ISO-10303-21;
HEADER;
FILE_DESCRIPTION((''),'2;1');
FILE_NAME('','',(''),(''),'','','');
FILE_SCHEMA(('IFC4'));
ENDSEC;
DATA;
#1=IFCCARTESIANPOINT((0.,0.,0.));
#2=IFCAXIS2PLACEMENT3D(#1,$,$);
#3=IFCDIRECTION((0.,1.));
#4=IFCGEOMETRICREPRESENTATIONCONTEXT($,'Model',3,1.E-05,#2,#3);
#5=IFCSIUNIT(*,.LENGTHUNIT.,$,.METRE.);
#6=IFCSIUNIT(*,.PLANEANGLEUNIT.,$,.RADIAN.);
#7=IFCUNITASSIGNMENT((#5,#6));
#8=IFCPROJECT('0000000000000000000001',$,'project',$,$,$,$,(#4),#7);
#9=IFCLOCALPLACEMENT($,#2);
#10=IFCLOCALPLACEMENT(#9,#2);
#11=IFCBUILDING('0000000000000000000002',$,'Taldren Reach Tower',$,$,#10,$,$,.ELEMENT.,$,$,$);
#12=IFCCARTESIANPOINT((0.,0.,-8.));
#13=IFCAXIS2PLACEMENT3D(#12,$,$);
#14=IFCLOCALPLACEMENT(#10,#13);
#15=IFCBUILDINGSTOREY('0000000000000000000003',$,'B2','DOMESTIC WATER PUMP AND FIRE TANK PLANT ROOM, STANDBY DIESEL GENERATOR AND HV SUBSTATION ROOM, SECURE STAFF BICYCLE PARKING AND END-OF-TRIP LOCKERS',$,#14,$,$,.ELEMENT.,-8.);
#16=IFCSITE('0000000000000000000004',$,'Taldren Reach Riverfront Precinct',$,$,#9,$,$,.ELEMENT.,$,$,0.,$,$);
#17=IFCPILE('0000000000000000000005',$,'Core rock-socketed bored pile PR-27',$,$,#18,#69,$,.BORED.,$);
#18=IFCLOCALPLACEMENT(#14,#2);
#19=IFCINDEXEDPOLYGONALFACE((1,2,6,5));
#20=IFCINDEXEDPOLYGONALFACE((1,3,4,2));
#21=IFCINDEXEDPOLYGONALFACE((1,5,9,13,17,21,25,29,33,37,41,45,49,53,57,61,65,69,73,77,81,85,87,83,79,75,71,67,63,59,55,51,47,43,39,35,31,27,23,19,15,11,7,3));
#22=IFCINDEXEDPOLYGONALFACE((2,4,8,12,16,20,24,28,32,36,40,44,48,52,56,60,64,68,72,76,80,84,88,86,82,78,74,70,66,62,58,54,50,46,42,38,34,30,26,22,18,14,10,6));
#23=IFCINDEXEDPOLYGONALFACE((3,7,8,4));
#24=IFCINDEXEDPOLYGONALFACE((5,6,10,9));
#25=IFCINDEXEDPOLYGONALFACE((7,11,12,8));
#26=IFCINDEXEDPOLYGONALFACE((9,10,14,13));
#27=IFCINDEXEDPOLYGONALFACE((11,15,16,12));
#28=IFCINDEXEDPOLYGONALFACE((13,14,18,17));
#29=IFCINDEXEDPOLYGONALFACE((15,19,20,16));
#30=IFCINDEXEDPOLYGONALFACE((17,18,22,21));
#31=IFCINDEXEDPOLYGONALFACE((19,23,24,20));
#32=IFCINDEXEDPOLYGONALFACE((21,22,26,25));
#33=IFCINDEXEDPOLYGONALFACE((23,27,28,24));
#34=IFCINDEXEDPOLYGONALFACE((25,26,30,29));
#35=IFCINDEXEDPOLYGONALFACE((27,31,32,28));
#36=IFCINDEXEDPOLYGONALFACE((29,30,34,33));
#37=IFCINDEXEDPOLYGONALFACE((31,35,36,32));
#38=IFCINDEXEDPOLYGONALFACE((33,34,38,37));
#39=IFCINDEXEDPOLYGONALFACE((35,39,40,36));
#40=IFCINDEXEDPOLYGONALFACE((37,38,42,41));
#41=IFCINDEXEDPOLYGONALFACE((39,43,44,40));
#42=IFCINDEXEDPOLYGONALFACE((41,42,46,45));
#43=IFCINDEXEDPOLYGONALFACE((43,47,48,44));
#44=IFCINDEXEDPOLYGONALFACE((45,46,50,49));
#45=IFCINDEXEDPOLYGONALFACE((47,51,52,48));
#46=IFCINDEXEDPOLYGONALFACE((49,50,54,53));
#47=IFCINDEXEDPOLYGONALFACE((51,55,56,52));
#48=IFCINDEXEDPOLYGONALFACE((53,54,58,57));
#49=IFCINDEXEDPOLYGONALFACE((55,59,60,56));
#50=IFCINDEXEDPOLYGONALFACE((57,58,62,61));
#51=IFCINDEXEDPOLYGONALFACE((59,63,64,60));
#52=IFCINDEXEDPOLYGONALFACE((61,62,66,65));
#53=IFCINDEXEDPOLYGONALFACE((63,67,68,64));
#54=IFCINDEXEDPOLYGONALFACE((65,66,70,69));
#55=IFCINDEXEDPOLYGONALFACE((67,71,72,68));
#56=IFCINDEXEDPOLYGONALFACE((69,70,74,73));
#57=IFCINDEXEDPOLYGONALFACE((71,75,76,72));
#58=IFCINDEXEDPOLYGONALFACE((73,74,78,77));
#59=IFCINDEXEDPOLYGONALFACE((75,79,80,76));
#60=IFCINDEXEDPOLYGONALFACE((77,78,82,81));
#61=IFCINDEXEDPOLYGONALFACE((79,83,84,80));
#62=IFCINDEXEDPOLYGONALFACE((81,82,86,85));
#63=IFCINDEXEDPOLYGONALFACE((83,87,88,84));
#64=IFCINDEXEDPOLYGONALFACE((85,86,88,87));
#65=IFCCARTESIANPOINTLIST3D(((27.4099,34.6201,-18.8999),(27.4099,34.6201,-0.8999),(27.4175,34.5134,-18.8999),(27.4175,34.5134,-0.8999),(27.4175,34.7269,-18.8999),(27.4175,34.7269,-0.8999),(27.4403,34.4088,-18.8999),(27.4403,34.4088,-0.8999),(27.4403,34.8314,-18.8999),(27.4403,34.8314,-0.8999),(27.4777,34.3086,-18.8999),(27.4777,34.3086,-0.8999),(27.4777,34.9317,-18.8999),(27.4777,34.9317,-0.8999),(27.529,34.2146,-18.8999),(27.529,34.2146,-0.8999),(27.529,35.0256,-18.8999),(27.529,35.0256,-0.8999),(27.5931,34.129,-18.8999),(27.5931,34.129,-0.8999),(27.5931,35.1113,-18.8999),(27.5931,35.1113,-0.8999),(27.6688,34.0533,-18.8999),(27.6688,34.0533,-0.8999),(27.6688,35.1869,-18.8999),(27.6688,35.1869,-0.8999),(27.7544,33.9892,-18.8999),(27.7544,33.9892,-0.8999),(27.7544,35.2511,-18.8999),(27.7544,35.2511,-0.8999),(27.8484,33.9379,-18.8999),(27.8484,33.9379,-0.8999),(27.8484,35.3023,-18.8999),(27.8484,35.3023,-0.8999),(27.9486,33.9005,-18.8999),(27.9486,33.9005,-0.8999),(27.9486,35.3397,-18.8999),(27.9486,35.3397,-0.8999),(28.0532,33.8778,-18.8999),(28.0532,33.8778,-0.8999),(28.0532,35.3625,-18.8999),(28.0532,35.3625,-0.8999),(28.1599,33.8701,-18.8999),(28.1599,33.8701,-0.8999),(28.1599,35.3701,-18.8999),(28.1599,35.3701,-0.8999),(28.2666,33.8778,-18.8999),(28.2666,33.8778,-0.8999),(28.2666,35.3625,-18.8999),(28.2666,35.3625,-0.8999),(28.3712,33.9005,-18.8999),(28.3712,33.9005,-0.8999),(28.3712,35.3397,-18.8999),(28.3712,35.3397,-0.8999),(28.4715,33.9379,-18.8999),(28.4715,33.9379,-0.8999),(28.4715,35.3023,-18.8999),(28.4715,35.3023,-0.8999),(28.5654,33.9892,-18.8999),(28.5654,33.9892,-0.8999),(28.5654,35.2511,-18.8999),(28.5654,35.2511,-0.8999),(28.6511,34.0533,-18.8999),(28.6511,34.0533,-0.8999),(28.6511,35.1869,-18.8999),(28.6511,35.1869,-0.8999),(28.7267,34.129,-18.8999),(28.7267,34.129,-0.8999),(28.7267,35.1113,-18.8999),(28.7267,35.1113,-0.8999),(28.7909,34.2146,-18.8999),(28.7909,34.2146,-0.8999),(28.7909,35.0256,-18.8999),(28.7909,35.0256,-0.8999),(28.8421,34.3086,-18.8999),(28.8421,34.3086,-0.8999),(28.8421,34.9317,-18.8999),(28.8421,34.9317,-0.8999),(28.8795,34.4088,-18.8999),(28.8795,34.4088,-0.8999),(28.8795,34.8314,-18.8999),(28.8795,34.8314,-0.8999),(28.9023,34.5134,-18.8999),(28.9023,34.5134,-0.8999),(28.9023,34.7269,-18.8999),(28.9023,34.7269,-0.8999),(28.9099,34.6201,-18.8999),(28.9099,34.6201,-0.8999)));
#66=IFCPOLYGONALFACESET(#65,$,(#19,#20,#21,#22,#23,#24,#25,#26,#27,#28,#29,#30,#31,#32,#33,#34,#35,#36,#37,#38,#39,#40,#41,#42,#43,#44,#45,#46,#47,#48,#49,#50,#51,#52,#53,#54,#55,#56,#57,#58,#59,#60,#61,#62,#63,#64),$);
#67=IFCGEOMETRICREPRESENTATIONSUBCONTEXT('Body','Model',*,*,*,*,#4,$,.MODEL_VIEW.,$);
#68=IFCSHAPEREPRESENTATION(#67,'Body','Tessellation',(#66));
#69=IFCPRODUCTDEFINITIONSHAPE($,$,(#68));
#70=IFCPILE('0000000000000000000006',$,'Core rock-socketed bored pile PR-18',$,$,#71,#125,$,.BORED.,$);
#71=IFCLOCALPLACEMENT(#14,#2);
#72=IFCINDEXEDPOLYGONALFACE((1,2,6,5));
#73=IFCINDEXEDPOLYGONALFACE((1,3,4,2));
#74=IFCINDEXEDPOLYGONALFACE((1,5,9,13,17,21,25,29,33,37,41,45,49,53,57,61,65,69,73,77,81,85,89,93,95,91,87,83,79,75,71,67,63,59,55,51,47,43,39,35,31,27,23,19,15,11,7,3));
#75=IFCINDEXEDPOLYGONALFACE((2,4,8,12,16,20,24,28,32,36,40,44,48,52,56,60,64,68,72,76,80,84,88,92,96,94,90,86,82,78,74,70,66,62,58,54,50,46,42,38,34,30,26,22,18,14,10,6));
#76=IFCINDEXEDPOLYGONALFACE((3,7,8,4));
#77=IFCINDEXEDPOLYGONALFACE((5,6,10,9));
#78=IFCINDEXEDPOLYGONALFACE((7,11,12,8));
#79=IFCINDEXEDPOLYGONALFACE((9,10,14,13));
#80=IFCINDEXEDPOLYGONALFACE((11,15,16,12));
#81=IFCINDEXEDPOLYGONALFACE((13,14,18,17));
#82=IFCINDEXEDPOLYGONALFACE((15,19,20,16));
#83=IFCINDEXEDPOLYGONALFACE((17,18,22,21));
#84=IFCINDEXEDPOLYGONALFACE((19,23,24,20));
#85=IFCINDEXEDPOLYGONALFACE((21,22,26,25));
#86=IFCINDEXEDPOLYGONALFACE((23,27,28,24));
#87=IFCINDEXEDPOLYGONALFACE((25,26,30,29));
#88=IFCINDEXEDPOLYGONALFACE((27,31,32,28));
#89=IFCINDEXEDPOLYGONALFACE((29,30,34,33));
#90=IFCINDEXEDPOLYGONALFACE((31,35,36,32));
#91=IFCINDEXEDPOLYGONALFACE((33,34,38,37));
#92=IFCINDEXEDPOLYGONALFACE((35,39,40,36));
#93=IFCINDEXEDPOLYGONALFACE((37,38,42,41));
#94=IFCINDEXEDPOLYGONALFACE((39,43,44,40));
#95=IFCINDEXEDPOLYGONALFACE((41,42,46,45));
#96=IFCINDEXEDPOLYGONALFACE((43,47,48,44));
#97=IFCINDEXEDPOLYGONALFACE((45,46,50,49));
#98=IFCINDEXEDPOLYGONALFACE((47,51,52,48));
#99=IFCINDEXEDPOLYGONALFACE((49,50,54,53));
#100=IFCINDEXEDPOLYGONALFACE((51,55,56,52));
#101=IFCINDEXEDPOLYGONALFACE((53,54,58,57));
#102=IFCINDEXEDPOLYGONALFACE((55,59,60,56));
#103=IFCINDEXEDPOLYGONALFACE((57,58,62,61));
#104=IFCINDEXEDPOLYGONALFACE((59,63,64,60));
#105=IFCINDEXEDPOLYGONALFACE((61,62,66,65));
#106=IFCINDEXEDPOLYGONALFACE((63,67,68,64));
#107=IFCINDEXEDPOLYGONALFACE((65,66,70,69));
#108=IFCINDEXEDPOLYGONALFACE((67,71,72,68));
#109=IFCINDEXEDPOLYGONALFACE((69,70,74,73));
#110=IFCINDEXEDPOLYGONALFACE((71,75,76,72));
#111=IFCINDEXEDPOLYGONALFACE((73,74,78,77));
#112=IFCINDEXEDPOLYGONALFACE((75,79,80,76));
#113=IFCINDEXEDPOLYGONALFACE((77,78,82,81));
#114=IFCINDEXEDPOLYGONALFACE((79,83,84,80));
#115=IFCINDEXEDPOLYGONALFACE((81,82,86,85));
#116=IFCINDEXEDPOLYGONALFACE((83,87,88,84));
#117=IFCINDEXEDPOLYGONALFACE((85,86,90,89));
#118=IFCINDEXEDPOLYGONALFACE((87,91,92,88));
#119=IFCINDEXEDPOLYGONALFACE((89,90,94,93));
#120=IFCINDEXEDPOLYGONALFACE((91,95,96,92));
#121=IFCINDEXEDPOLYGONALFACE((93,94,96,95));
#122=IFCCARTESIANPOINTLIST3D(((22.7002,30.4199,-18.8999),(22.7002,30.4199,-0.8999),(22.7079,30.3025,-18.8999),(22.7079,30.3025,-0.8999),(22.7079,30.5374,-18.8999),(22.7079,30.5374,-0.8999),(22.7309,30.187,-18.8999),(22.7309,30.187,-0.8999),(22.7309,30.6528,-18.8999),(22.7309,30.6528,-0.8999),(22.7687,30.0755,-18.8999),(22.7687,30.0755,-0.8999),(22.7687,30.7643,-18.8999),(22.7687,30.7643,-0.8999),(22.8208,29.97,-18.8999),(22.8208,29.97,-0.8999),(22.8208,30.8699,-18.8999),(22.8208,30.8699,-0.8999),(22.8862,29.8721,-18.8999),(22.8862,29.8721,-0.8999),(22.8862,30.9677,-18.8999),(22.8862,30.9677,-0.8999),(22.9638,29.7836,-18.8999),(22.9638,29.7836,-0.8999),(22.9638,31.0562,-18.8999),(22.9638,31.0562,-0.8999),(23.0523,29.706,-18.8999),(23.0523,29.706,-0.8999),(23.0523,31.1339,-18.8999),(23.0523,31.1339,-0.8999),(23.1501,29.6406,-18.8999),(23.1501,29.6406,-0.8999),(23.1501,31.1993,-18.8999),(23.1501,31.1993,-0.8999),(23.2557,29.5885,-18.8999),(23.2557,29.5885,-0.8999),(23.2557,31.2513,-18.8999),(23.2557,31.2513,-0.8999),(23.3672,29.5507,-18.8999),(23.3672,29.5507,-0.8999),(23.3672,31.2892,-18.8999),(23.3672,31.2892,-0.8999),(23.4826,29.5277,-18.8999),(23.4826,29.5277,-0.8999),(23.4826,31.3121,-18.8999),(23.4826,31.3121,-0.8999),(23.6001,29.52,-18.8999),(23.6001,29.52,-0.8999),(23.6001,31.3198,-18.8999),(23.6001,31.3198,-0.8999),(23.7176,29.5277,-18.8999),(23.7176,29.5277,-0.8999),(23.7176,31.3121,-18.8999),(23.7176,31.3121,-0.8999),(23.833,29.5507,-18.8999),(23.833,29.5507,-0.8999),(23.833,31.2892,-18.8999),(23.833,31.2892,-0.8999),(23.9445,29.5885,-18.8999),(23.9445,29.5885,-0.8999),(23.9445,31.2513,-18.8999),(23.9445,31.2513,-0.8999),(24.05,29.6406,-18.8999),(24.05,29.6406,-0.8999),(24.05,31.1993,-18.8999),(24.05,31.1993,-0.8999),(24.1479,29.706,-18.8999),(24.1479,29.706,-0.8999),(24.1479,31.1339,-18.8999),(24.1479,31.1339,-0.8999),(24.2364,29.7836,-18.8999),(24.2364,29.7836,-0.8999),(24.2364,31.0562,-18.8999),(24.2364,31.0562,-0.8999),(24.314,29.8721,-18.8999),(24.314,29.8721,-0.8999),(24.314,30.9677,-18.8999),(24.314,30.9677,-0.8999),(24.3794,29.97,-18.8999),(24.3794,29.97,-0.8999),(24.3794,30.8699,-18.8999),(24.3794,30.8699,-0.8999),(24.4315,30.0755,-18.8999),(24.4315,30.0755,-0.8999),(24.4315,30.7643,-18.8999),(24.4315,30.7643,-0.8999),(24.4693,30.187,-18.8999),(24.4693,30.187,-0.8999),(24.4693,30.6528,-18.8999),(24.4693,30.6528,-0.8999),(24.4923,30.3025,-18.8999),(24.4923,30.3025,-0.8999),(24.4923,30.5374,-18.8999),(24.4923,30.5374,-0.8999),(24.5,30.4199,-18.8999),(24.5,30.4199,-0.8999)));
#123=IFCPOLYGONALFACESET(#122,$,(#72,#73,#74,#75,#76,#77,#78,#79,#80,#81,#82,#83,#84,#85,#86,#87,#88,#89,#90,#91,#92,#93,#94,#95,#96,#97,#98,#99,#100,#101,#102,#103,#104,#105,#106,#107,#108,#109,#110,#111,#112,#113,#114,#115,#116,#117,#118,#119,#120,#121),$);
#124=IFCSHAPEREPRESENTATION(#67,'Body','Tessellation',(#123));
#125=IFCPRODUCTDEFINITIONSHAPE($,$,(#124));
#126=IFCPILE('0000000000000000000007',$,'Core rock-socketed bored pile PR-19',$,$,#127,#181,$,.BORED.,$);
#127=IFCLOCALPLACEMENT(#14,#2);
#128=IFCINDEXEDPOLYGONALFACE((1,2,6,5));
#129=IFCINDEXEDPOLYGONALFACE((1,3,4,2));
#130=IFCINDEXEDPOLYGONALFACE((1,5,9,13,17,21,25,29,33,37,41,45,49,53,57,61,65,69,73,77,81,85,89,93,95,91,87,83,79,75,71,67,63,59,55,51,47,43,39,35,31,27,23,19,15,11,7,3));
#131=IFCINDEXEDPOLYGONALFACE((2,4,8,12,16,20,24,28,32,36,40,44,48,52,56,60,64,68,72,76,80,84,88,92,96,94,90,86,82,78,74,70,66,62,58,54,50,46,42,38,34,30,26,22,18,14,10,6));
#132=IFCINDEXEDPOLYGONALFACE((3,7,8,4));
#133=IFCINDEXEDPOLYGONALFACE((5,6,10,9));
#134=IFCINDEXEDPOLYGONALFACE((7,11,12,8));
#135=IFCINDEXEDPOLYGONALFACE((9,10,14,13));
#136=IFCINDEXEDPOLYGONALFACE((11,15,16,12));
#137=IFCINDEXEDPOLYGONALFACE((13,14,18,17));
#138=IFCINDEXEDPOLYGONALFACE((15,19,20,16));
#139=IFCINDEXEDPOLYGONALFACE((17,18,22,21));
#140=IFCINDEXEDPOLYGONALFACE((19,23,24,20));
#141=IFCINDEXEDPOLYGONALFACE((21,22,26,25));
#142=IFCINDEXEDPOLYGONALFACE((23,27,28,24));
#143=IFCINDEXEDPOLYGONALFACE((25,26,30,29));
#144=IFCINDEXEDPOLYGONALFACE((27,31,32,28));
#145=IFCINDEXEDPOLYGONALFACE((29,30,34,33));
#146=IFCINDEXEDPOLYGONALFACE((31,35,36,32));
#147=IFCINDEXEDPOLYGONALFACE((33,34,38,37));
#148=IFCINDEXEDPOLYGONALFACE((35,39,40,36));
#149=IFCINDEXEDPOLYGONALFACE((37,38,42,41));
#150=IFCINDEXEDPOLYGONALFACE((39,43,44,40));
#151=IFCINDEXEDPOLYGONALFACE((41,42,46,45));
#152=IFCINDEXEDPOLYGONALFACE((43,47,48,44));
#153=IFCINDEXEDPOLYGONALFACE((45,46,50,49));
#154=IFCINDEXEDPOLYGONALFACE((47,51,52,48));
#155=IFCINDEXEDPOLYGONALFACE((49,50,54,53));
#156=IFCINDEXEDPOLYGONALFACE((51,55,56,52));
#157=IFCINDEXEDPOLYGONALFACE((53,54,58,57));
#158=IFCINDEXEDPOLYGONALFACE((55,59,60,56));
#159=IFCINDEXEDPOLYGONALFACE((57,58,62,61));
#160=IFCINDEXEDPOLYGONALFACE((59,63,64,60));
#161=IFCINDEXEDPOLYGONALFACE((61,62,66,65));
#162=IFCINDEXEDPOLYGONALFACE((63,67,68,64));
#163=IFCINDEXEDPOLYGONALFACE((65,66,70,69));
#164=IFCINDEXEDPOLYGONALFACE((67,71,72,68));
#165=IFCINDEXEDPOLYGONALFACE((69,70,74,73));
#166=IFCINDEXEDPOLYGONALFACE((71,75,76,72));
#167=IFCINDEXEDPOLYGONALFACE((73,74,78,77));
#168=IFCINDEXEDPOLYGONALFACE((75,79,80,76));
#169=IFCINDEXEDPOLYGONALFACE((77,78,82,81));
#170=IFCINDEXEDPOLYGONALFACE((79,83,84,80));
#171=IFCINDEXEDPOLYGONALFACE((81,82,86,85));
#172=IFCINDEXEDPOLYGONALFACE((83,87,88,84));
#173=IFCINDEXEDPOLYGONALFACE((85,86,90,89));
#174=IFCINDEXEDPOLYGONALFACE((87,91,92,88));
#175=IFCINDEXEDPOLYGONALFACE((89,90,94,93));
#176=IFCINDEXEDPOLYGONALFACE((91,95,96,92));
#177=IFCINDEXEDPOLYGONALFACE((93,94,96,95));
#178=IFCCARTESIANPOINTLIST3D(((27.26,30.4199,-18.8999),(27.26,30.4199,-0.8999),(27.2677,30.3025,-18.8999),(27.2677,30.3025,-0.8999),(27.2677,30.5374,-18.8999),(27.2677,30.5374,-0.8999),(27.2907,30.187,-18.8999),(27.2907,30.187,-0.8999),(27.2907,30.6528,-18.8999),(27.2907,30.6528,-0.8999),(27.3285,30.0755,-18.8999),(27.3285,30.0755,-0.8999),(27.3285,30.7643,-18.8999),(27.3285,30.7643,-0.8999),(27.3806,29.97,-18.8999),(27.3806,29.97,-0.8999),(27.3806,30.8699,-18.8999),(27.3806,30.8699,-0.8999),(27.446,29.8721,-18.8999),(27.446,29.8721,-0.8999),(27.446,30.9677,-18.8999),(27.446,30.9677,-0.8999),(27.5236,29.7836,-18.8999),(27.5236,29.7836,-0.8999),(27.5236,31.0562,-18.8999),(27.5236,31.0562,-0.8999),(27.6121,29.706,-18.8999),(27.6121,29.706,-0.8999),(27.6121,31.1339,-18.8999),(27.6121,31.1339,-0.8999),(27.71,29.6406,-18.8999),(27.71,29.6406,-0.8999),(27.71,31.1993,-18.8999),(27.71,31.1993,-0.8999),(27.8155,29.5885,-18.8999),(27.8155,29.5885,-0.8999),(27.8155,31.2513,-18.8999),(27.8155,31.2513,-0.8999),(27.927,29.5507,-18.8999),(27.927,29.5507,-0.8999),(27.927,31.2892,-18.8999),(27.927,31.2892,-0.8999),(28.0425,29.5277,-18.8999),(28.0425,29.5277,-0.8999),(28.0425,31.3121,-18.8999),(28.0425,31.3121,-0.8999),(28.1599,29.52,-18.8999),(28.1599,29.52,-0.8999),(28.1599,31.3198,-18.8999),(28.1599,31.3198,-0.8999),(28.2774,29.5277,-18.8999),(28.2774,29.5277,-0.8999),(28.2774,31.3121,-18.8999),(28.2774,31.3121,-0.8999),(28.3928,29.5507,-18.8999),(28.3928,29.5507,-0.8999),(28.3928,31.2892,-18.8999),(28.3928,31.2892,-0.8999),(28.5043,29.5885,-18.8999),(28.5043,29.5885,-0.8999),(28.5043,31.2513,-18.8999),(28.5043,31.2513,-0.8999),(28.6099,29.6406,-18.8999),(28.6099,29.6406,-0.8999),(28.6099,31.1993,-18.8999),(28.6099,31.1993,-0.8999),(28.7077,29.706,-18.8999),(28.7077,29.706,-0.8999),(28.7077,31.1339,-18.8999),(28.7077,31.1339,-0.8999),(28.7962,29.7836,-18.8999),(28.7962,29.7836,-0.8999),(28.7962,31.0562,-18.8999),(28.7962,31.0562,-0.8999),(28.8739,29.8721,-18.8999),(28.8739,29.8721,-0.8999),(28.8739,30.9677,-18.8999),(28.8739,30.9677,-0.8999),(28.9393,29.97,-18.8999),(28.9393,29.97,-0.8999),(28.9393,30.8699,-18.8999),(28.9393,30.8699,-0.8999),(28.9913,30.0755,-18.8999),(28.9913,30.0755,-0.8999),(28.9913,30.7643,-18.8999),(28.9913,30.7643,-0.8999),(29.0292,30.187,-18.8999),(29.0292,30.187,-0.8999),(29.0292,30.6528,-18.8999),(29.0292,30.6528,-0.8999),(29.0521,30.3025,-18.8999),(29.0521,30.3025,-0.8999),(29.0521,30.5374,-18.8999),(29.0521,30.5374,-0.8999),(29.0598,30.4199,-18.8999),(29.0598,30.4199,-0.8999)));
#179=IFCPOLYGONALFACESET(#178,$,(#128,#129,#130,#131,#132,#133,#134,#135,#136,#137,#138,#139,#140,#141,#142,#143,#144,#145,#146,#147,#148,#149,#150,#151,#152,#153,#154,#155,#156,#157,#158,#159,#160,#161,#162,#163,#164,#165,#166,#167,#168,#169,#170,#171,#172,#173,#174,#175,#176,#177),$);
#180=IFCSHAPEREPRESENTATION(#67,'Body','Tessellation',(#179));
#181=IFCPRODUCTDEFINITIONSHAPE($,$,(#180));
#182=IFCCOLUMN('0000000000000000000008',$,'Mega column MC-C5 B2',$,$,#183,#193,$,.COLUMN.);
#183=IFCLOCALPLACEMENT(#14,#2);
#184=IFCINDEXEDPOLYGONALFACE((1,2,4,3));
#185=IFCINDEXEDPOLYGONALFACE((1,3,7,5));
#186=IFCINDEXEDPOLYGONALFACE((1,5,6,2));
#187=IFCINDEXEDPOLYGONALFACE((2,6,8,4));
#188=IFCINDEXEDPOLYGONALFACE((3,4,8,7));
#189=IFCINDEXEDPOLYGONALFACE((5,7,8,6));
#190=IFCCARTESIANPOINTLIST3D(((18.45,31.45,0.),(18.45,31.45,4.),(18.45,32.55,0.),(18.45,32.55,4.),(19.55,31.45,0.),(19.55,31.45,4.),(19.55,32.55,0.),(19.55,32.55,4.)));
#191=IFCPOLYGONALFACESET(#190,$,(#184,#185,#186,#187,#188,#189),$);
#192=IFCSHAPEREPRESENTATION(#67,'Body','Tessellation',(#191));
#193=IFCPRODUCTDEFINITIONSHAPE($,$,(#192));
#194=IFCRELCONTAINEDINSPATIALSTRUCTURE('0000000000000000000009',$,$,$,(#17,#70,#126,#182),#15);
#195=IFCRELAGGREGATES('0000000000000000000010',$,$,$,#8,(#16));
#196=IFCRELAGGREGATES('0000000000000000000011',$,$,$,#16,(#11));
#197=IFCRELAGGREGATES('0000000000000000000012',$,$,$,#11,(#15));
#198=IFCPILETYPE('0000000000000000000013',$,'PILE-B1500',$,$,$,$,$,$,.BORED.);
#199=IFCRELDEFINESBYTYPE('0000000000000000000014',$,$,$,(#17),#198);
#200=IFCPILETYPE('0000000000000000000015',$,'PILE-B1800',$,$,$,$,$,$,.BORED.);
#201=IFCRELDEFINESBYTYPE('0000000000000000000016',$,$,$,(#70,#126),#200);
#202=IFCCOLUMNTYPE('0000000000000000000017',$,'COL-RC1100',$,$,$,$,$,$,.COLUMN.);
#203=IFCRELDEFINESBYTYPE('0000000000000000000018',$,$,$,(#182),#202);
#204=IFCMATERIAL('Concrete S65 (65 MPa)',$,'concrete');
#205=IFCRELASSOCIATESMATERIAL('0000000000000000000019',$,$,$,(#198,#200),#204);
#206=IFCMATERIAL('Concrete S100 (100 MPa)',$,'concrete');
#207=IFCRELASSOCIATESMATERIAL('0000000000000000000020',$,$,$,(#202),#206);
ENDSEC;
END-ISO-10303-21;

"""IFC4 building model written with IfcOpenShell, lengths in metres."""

from ifc_helpers import new_model, si_unit, direction, frame, origin, origin_2d, place, context, subcontext, project, spatial, rectangle, circle, extrude, source, transform, mapped, material, material_profile, profile_set, type_object, element, save


model = new_model("IFC4")

# Units and contexts
model_context = context("Model", 3, precision=1e-05, world=origin(), true_north=direction((0.0, 1.0)))
body_context = subcontext(model_context, "Body", "Model", "MODEL_VIEW")
ifc_project = project(units=[si_unit("LENGTHUNIT", "METRE"), si_unit("PLANEANGLEUNIT", "RADIAN")], contexts=[model_context])

# Site, building, storey
site_placement = place(None, origin())
site = spatial("IfcSite", under=ifc_project, at=site_placement, Name="Taldren Reach Riverfront Precinct", CompositionType="ELEMENT", RefElevation=0.0)
building_placement = place(site_placement, origin())
building = spatial("IfcBuilding", under=site, at=building_placement, Name="Taldren Reach Tower", CompositionType="ELEMENT")
storey_placement = place(building_placement, frame((0.0, 0.0, -8.0)))
storey = spatial("IfcBuildingStorey", under=building, at=storey_placement, Name="B2", Description="DOMESTIC WATER PUMP AND FIRE TANK PLANT ROOM, STANDBY DIESEL GENERATOR AND HV SUBSTATION ROOM, SECURE STAFF BICYCLE PARKING AND END-OF-TRIP LOCKERS", CompositionType="ELEMENT", Elevation=-8.0)

# Piles
ifc_material_1 = material(Name="Concrete S65 (65 MPa)", Category="concrete")
ifc_material_profile_1 = material_profile(ifc_material_1, circle(Radius=0.75, at=origin_2d()), Name="PB-1500")
ifc_profile_set_1 = profile_set([ifc_material_profile_1], Name="Concrete S65 (65 MPa)")
pile_type_1 = type_object("IfcPileType", Name="PILE-B1500", PredefinedType="BORED", material=ifc_profile_set_1)
shared_shape_1 = source(origin(), body_context, "Body", "SweptSolid", [
    extrude(circle(Radius=0.75, at=origin_2d()), origin(), (0.0, 0.0, 1.0), 18.0),
])
for number, where, z_axis, x_axis, name in (
    (1, (28.1599, 34.6201, -0.8999), (0.0, 0.0, -1.0), (1.0, 0.0, 0.0), "Core rock-socketed bored pile PR-27"),
):
    element("IfcPile", number, at=place(storey_placement, frame(where, z_axis=z_axis, x_axis=x_axis)), inside=storey, type_object=pile_type_1, Name=name, PredefinedType="BORED", context=body_context, shape_type="MappedRepresentation", body=[
        mapped(shared_shape_1, transform((0.0, 0.0, 0.0), scale=1.0)),
    ])
ifc_material_profile_2 = material_profile(ifc_material_1, circle(Radius=0.8999, at=origin_2d()), Name="PB-1800")
ifc_profile_set_2 = profile_set([ifc_material_profile_2], Name="Concrete S65 (65 MPa)")
pile_type_2 = type_object("IfcPileType", Name="PILE-B1800", PredefinedType="BORED", material=ifc_profile_set_2)
shared_shape_2 = source(origin(), body_context, "Body", "SweptSolid", [
    extrude(circle(Radius=0.8999, at=origin_2d()), origin(), (0.0, 0.0, 1.0), 18.0),
])
for number, where, z_axis, x_axis, name in (
    (2, (23.6001, 30.4199, -0.8999), (0.0, 0.0, -1.0), (1.0, 0.0, 0.0), "Core rock-socketed bored pile PR-18"),
    (3, (28.1599, 30.4199, -0.8999), (0.0, 0.0, -1.0), (1.0, 0.0, 0.0), "Core rock-socketed bored pile PR-19"),
):
    element("IfcPile", number, at=place(storey_placement, frame(where, z_axis=z_axis, x_axis=x_axis)), inside=storey, type_object=pile_type_2, Name=name, PredefinedType="BORED", context=body_context, shape_type="MappedRepresentation", body=[
        mapped(shared_shape_2, transform((0.0, 0.0, 0.0), scale=1.0)),
    ])

# Column
ifc_material_2 = material(Name="Concrete S100 (100 MPa)", Category="concrete")
ifc_material_profile_3 = material_profile(ifc_material_2, rectangle(XDim=1.1001, YDim=1.1001, at=origin_2d()), Name="RC-1100x1100")
ifc_profile_set_3 = profile_set([ifc_material_profile_3], Name="Concrete S100 (100 MPa)")
column_type = type_object("IfcColumnType", Name="COL-RC1100", PredefinedType="COLUMN", material=ifc_profile_set_3)
shared_shape_3 = source(origin(), body_context, "Body", "SweptSolid", [
    extrude(rectangle(XDim=1.1001, YDim=1.1001, at=origin_2d()), origin(), (0.0, 0.0, 1.0), 4.0),
])
for number, where, z_axis, x_axis, name in (
    (4, (19.0, 32.0, 0.0), (0.0, 0.0, 1.0), (1.0, 0.0, 0.0), "Mega column MC-C5 B2"),
):
    element("IfcColumn", number, at=place(storey_placement, frame(where, z_axis=z_axis, x_axis=x_axis)), inside=storey, type_object=column_type, Name=name, PredefinedType="COLUMN", context=body_context, shape_type="MappedRepresentation", body=[
        mapped(shared_shape_3, transform((0.0, 0.0, 0.0), scale=1.0)),
    ])

save(model, "model.ifc")
